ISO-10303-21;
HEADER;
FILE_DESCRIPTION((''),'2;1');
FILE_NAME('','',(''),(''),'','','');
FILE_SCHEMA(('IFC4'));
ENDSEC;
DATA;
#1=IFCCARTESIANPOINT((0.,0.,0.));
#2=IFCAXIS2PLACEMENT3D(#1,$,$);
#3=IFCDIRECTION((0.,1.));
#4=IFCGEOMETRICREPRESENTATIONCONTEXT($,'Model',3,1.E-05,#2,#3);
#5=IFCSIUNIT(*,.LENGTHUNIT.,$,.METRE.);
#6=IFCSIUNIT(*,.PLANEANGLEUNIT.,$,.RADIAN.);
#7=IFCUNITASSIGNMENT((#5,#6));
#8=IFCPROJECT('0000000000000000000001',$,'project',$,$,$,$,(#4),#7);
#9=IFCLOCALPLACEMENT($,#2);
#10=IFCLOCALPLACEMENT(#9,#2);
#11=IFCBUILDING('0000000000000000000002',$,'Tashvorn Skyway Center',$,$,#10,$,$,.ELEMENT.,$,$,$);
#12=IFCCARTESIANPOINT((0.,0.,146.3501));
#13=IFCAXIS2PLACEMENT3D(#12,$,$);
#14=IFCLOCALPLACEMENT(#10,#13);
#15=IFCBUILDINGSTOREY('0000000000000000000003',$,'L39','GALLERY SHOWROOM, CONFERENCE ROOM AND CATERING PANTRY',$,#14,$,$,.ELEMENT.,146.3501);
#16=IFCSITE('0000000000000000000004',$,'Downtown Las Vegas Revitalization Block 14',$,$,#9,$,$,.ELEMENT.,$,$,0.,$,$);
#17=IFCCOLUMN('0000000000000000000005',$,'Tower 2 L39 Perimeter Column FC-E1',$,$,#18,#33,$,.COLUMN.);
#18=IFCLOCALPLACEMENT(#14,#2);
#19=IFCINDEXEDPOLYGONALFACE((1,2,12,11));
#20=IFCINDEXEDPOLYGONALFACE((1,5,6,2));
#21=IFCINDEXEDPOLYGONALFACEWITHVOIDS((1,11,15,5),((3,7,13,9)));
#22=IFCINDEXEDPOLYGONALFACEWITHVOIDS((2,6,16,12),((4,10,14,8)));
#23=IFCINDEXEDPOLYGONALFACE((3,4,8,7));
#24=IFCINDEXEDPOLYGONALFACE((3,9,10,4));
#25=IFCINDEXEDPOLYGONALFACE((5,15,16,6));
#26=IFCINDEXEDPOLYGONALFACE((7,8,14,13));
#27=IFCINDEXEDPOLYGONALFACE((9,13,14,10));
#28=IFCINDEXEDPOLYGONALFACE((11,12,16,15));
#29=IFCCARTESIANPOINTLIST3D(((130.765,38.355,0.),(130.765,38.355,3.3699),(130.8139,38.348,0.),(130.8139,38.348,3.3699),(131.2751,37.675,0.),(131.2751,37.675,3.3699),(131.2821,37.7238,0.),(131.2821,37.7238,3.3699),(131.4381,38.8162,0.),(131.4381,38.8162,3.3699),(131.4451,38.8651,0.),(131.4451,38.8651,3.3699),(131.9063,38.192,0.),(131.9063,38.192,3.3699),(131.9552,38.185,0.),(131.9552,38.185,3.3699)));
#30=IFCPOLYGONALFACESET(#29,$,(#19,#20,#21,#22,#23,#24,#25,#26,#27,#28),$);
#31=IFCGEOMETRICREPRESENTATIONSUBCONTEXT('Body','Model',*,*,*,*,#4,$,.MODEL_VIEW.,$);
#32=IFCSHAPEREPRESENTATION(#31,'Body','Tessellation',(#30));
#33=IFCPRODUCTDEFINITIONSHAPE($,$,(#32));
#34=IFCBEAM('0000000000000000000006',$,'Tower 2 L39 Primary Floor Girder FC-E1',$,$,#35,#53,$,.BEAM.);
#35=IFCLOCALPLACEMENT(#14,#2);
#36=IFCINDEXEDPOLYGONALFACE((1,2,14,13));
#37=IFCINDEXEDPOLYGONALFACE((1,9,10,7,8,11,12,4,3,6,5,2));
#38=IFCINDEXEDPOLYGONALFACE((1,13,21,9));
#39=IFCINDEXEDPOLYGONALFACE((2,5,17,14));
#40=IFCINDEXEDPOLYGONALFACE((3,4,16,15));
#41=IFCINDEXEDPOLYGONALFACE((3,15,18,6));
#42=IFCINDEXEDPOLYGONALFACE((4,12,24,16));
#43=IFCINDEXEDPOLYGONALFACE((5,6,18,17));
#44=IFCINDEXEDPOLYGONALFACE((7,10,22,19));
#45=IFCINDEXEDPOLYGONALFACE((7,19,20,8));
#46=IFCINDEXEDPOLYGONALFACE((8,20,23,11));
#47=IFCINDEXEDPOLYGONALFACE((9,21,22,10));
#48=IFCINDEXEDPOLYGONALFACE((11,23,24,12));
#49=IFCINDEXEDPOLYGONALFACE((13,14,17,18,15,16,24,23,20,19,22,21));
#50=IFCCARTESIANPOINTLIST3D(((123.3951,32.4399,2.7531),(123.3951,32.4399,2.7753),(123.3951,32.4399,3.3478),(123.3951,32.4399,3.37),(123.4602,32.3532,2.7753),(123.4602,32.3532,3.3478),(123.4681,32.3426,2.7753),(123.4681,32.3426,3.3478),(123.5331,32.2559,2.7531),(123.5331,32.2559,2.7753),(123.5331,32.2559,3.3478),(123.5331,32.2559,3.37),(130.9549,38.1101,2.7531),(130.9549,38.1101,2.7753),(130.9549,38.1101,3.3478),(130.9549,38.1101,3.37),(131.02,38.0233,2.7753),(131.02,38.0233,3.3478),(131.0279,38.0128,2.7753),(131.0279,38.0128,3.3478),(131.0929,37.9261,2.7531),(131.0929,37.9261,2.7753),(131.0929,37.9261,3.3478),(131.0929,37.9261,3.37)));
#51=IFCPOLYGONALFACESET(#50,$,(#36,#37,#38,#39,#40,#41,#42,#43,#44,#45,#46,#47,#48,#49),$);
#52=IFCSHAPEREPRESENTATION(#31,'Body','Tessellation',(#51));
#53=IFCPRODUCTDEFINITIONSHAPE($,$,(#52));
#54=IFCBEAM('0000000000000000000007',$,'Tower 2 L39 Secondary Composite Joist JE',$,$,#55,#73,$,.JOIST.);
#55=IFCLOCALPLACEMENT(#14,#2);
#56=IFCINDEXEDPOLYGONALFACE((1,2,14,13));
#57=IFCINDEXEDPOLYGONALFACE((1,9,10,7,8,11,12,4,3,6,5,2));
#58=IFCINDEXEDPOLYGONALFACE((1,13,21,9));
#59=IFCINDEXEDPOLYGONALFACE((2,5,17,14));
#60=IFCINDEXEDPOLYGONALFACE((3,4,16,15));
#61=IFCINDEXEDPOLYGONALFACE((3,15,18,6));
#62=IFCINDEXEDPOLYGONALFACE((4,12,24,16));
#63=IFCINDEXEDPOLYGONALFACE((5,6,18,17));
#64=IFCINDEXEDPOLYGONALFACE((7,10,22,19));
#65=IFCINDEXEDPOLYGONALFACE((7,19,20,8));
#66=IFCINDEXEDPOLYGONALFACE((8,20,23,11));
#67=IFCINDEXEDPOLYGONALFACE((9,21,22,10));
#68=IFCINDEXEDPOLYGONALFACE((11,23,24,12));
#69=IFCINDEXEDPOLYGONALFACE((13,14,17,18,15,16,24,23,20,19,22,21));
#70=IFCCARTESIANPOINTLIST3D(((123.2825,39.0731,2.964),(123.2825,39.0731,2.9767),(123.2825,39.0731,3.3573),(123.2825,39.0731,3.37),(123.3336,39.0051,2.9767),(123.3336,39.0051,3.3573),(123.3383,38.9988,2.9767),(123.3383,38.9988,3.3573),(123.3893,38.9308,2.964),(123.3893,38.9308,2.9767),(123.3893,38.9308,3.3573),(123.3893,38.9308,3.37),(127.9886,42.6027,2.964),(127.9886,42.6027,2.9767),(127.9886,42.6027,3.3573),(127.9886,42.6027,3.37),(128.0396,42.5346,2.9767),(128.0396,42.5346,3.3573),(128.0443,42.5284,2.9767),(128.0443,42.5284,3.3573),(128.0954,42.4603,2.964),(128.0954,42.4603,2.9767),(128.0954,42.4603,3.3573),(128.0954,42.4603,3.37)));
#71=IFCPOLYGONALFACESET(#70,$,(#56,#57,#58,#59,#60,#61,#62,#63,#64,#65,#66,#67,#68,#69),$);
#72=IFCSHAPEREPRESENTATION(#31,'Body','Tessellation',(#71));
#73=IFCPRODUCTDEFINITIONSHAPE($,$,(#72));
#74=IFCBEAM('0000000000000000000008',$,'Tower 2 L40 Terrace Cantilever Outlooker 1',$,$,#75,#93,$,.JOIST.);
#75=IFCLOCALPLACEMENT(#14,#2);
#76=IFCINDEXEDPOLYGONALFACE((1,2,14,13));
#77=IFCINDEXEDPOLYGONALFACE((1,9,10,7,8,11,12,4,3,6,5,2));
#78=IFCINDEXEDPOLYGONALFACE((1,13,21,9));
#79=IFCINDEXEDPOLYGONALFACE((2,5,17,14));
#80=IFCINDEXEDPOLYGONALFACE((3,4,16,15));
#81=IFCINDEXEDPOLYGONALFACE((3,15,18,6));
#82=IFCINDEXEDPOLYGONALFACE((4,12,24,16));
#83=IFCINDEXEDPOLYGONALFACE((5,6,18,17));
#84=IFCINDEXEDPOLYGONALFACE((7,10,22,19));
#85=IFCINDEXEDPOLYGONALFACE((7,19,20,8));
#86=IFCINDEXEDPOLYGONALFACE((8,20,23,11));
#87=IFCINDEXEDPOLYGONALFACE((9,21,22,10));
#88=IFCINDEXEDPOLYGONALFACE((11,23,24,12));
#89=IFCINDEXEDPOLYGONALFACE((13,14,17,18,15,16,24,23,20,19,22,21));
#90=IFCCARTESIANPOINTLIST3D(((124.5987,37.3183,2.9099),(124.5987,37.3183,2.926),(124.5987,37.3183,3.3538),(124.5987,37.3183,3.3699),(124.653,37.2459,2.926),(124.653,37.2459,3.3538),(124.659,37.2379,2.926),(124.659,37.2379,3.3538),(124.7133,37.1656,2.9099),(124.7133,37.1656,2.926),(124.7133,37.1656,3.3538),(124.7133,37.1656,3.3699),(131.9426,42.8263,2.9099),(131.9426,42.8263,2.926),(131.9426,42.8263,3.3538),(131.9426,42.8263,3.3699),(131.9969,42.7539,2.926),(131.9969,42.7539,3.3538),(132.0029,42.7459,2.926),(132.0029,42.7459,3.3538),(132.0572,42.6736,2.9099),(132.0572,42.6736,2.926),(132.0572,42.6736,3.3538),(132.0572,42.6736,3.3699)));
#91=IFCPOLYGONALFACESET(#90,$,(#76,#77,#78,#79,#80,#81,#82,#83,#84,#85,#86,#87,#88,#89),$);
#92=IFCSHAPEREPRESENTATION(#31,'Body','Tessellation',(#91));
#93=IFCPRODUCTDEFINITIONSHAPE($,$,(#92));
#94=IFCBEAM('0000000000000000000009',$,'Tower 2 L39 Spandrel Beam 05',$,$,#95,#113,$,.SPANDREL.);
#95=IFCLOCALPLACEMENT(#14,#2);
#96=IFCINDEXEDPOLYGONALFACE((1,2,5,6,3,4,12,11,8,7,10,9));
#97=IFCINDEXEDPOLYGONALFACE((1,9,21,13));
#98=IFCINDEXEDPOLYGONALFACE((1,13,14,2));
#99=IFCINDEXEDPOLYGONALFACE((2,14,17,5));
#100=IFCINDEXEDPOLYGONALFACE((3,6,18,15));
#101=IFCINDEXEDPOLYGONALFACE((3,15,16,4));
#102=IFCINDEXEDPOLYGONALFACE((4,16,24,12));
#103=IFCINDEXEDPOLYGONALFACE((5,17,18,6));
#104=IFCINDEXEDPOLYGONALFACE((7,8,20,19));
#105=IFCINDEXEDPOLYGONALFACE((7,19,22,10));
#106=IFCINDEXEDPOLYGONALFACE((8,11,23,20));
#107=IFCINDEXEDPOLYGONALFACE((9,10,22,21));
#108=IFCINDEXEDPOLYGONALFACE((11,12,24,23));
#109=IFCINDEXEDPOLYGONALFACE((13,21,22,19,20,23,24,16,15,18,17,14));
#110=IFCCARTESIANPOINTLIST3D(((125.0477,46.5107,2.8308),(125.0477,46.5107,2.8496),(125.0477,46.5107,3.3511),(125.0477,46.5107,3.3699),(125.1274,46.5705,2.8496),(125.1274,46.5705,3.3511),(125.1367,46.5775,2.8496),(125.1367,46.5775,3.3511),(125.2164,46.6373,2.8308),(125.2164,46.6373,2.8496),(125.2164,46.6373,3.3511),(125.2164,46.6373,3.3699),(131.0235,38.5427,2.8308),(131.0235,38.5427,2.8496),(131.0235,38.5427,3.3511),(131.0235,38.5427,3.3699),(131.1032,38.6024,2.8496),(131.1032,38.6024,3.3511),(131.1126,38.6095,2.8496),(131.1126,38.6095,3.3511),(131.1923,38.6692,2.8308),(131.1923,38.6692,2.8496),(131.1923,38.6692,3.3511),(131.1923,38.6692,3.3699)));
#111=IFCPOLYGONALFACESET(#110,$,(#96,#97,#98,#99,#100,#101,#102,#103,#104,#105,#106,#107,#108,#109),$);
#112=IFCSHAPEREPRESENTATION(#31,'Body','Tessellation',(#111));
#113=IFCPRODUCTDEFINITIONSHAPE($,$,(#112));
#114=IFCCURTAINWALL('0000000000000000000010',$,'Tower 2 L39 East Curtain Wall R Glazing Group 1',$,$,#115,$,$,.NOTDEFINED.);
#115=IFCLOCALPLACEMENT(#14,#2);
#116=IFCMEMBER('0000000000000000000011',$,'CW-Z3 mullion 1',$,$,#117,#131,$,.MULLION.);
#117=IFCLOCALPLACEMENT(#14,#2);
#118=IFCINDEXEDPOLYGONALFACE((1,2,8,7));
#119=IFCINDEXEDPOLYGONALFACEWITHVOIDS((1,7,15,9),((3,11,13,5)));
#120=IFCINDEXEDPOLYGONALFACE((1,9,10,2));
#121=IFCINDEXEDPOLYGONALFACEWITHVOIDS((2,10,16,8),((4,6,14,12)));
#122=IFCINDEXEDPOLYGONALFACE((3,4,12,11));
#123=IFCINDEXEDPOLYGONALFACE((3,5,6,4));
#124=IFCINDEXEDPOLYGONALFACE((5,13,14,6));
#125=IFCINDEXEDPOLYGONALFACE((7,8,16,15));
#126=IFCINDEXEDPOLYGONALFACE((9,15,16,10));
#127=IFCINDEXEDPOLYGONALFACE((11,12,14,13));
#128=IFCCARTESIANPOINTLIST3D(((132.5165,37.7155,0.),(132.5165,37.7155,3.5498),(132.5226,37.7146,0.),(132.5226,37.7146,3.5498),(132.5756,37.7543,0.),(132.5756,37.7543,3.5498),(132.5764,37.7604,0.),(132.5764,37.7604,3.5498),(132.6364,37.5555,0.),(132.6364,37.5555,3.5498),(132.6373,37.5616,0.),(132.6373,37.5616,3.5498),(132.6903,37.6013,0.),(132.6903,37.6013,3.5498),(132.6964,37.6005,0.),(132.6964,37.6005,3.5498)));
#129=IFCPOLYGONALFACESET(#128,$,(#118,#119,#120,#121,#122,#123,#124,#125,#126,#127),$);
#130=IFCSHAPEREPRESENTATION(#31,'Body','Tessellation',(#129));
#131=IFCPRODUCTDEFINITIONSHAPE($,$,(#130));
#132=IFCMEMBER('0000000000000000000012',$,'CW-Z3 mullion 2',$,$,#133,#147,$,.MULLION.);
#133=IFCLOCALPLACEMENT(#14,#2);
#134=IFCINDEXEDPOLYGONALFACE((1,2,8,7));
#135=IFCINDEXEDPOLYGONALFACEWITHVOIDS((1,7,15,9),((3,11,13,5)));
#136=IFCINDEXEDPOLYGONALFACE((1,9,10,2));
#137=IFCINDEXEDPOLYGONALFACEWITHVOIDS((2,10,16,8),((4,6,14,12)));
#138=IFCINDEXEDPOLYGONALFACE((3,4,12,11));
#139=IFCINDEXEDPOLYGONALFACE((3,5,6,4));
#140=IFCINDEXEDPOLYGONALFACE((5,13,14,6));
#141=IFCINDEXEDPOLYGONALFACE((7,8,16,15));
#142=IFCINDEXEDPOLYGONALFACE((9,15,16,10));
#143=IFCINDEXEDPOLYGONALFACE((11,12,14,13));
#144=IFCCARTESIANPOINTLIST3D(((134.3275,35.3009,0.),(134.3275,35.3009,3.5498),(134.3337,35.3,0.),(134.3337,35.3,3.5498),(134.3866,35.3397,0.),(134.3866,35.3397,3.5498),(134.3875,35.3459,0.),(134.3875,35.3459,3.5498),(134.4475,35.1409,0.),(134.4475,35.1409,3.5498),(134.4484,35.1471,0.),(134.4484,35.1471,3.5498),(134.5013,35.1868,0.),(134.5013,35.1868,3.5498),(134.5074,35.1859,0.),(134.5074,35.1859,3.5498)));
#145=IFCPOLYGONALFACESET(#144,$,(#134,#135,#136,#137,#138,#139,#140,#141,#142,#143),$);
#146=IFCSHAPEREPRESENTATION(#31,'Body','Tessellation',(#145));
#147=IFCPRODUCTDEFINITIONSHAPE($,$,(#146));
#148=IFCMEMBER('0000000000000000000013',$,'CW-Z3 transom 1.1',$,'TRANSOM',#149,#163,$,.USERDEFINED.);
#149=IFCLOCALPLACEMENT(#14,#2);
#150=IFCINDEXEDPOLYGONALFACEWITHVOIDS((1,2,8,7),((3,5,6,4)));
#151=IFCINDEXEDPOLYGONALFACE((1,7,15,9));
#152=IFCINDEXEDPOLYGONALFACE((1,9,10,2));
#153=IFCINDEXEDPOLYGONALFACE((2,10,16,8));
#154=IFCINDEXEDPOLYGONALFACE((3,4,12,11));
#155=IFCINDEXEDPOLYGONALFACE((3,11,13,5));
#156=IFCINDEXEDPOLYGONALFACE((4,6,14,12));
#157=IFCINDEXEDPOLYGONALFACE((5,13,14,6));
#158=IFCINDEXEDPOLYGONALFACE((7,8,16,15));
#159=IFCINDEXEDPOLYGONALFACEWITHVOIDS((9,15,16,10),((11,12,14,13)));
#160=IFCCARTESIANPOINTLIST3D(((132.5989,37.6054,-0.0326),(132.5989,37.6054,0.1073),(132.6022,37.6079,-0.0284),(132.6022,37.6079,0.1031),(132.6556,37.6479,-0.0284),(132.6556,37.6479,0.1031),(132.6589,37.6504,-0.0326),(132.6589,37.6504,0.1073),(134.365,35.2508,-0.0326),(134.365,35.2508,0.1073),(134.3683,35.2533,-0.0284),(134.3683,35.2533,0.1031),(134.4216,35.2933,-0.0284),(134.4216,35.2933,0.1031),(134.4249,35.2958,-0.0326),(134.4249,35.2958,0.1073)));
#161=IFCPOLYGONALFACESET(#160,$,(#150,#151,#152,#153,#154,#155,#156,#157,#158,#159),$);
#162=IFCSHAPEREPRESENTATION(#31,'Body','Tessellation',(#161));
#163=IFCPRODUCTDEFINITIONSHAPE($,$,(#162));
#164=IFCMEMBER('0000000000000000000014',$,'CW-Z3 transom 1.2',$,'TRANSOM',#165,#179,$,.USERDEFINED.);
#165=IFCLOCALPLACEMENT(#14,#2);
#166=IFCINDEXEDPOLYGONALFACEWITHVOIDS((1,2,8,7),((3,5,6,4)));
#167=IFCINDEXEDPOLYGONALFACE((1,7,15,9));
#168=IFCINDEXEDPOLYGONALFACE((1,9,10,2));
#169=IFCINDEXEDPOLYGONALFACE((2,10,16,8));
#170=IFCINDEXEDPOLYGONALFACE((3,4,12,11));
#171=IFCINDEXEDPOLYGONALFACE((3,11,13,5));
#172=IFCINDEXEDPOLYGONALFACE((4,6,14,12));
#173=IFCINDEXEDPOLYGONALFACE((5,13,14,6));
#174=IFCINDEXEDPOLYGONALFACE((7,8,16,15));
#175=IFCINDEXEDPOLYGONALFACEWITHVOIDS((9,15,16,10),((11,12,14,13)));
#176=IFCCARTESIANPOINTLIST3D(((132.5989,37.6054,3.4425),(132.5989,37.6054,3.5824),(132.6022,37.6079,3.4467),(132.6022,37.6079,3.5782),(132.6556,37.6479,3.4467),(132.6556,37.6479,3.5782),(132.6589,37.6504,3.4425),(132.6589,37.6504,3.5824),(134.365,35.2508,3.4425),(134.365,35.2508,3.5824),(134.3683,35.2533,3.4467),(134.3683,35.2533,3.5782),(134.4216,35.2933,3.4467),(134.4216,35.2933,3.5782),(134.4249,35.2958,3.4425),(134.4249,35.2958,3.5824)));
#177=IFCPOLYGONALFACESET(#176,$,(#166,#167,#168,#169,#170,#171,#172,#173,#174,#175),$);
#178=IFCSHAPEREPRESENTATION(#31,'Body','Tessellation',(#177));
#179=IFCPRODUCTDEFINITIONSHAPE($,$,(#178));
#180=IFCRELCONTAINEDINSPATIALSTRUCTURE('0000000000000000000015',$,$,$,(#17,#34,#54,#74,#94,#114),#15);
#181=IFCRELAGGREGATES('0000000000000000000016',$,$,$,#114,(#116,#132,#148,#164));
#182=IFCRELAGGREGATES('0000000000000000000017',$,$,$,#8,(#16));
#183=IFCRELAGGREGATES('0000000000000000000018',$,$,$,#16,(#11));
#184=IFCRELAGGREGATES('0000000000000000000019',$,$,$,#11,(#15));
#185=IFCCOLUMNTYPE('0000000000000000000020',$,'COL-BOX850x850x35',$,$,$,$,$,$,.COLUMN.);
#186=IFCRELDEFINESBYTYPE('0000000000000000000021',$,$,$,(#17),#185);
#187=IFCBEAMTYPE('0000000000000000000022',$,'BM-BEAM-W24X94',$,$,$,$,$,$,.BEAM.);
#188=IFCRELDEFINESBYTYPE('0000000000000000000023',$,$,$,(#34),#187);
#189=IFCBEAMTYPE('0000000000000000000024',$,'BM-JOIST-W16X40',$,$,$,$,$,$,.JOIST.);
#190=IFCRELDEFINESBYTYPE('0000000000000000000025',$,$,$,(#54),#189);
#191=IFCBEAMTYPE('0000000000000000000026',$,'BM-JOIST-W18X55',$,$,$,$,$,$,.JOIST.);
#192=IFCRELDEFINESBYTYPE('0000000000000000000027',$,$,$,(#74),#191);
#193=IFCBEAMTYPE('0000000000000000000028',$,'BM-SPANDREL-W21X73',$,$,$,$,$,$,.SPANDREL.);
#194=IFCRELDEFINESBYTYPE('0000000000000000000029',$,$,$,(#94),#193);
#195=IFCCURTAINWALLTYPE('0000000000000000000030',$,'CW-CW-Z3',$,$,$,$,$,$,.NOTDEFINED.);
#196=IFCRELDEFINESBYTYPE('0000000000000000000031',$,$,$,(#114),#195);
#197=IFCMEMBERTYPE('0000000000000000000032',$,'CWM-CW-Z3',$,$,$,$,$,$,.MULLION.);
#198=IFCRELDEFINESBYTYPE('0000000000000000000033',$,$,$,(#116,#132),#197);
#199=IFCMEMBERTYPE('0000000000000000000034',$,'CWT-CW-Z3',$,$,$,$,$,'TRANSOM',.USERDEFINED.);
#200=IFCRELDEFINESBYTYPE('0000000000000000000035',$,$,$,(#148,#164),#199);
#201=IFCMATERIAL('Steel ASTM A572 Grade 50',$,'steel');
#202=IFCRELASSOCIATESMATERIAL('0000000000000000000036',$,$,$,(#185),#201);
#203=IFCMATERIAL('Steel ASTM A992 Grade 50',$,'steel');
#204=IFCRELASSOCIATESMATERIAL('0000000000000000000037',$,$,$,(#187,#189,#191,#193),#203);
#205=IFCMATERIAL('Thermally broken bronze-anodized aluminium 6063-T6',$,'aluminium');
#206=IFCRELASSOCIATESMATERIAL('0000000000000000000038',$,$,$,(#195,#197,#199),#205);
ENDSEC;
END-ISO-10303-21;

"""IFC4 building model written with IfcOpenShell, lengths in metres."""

from ifc_helpers import new_model, si_unit, direction, frame, origin, origin_2d, place, context, subcontext, project, spatial, hollow_rectangle, i_section, extrude, material, material_profile, profile_set, type_object, element, aggregate, save


model = new_model("IFC4")

# Units and contexts
model_context = context("Model", 3, precision=1e-05, world=origin(), true_north=direction((0.0, 1.0)))
body_context = subcontext(model_context, "Body", "Model", "MODEL_VIEW")
ifc_project = project(units=[si_unit("LENGTHUNIT", "METRE"), si_unit("PLANEANGLEUNIT", "RADIAN")], contexts=[model_context])

# Site, building, storey
site_placement = place(None, origin())
site = spatial("IfcSite", under=ifc_project, at=site_placement, Name="Downtown Las Vegas Revitalization Block 14", CompositionType="ELEMENT", RefElevation=0.0)
building_placement = place(site_placement, origin())
building = spatial("IfcBuilding", under=site, at=building_placement, Name="Tashvorn Skyway Center", CompositionType="ELEMENT")
storey_placement = place(building_placement, frame((0.0, 0.0, 146.3501)))
storey = spatial("IfcBuildingStorey", under=building, at=storey_placement, Name="L39", Description="GALLERY SHOWROOM, CONFERENCE ROOM AND CATERING PANTRY", CompositionType="ELEMENT", Elevation=146.3501)

# Column
ifc_material_1 = material(Name="Steel ASTM A572 Grade 50", Category="steel")
ifc_material_profile_1 = material_profile(ifc_material_1, hollow_rectangle(XDim=0.8501, YDim=0.8501, WallThickness=0.0349, at=origin_2d()), Name="BOX850x850x35")
ifc_profile_set_1 = profile_set([ifc_material_profile_1], Name="Steel ASTM A572 Grade 50")
column_type = type_object("IfcColumnType", Name="COL-BOX850x850x35", PredefinedType="COLUMN", material=ifc_profile_set_1)
column_placement = place(storey_placement, frame((131.3601, 38.27, 0.0), z_axis=(0.0, 0.0, 1.0), x_axis=(0.8, 0.6, 0.0)))
element("IfcColumn", 1, at=column_placement, inside=storey, type_object=column_type, Name="Tower 2 L39 Perimeter Column FC-E1", PredefinedType="COLUMN", context=body_context, shape_type="SweptSolid", body=[
    extrude(hollow_rectangle(XDim=0.8501, YDim=0.8501, WallThickness=0.0349, at=origin_2d()), origin(), (0.0, 0.0, 1.0), 3.3699),
])

# Beams
ifc_material_2 = material(Name="Steel ASTM A992 Grade 50", Category="steel")
ifc_material_profile_2 = material_profile(ifc_material_2, i_section(OverallWidth=0.23, OverallDepth=0.6169, WebThickness=0.0132, FlangeThickness=0.0222, at=origin_2d()), Name="W24X94")
ifc_profile_set_2 = profile_set([ifc_material_profile_2], Name="Steel ASTM A992 Grade 50")
beam_type_1 = type_object("IfcBeamType", Name="BM-BEAM-W24X94", PredefinedType="BEAM", material=ifc_profile_set_2)
beam_1_placement = place(storey_placement, frame((131.0239, 38.0181, 3.0615), z_axis=(-0.799984, -0.600021, 0.0), x_axis=(0.600021, -0.799984, 0.0)))
element("IfcBeam", 2, at=beam_1_placement, inside=storey, type_object=beam_type_1, Name="Tower 2 L39 Primary Floor Girder FC-E1", PredefinedType="BEAM", context=body_context, shape_type="SweptSolid", body=[
    extrude(i_section(OverallWidth=0.23, OverallDepth=0.6169, WebThickness=0.0132, FlangeThickness=0.0222, at=origin_2d()), origin(), (0.0, 0.0, 1.0), 9.45),
])
ifc_material_profile_3 = material_profile(ifc_material_2, i_section(OverallWidth=0.178, OverallDepth=0.406, WebThickness=0.0078, FlangeThickness=0.0127, at=origin_2d()), Name="W16X40")
ifc_profile_set_3 = profile_set([ifc_material_profile_3], Name="Steel ASTM A992 Grade 50")
beam_type_2 = type_object("IfcBeamType", Name="BM-JOIST-W16X40", PredefinedType="JOIST", material=ifc_profile_set_3)
beam_2_placement = place(storey_placement, frame((123.3359, 39.002, 3.167), z_axis=(0.8, 0.6, 0.0), x_axis=(-0.6, 0.8, 0.0)))
element("IfcBeam", 3, at=beam_2_placement, inside=storey, type_object=beam_type_2, Name="Tower 2 L39 Secondary Composite Joist JE", PredefinedType="JOIST", context=body_context, shape_type="SweptSolid", body=[
    extrude(i_section(OverallWidth=0.178, OverallDepth=0.406, WebThickness=0.0078, FlangeThickness=0.0127, at=origin_2d()), origin(), (0.0, 0.0, 1.0), 5.8826),
])
ifc_material_profile_4 = material_profile(ifc_material_2, i_section(OverallWidth=0.1909, OverallDepth=0.46, WebThickness=0.01, FlangeThickness=0.0161, at=origin_2d()), Name="W18X55")
ifc_profile_set_4 = profile_set([ifc_material_profile_4], Name="Steel ASTM A992 Grade 50")
beam_type_3 = type_object("IfcBeamType", Name="BM-JOIST-W18X55", PredefinedType="JOIST", material=ifc_profile_set_4)
beam_3_placement = place(storey_placement, frame((124.656, 37.2419, 3.1399), z_axis=(0.799997, 0.600004, 0.0), x_axis=(-0.600004, 0.799997, 0.0)))
element("IfcBeam", 4, at=beam_3_placement, inside=storey, type_object=beam_type_3, Name="Tower 2 L40 Terrace Cantilever Outlooker 1", PredefinedType="JOIST", context=body_context, shape_type="SweptSolid", body=[
    extrude(i_section(OverallWidth=0.1909, OverallDepth=0.46, WebThickness=0.01, FlangeThickness=0.0161, at=origin_2d()), origin(), (0.0, 0.0, 1.0), 9.1799),
])
ifc_material_profile_5 = material_profile(ifc_material_2, i_section(OverallWidth=0.2109, OverallDepth=0.5391, WebThickness=0.0117, FlangeThickness=0.0188, at=origin_2d()), Name="W21X73")
ifc_profile_set_5 = profile_set([ifc_material_profile_5], Name="Steel ASTM A992 Grade 50")
beam_type_4 = type_object("IfcBeamType", Name="BM-SPANDREL-W21X73", PredefinedType="SPANDREL", material=ifc_profile_set_5)
beam_4_placement = place(storey_placement, frame((131.1079, 38.606, 3.1003), z_axis=(-0.599988, 0.800009, 0.0), x_axis=(-0.800009, -0.599988, 0.0)))
element("IfcBeam", 5, at=beam_4_placement, inside=storey, type_object=beam_type_4, Name="Tower 2 L39 Spandrel Beam 05", PredefinedType="SPANDREL", context=body_context, shape_type="SweptSolid", body=[
    extrude(i_section(OverallWidth=0.2109, OverallDepth=0.5391, WebThickness=0.0117, FlangeThickness=0.0188, at=origin_2d()), origin(), (0.0, 0.0, 1.0), 9.96),
])

# Curtain wall, members
ifc_material_3 = material(Name="Thermally broken bronze-anodized aluminium 6063-T6", Category="aluminium")
curtain_wall_type = type_object("IfcCurtainWallType", Name="CW-CW-Z3", PredefinedType="NOTDEFINED", material=ifc_material_3)
curtain_wall_placement = place(storey_placement, origin())
curtain_wall = element("IfcCurtainWall", 6, at=curtain_wall_placement, inside=storey, type_object=curtain_wall_type, Name="Tower 2 L39 East Curtain Wall R Glazing Group 1", PredefinedType="NOTDEFINED")
ifc_material_profile_6 = material_profile(ifc_material_3, hollow_rectangle(XDim=0.075, YDim=0.2, WallThickness=0.0044, at=origin_2d()), Name="ALU-MULL-75x200")
ifc_profile_set_6 = profile_set([ifc_material_profile_6], Name="Thermally broken bronze-anodized aluminium 6063-T6")
member_type_1 = type_object("IfcMemberType", Name="CWM-CW-Z3", PredefinedType="MULLION", material=ifc_profile_set_6)
member_1_placement = place(storey_placement, frame((132.6064, 37.658, 0.0), z_axis=(0.0, 0.0, 1.0), x_axis=(0.800004, 0.599995, 0.0)))
member_1 = element("IfcMember", 7, at=member_1_placement, type_object=member_type_1, Name="CW-Z3 mullion 1", PredefinedType="MULLION", context=body_context, shape_type="SweptSolid", body=[
    extrude(hollow_rectangle(XDim=0.075, YDim=0.2, WallThickness=0.0044, at=origin_2d()), origin(), (0.0, 0.0, 1.0), 3.5498),
])
member_2_placement = place(storey_placement, frame((134.4175, 35.2434, 0.0), z_axis=(0.0, 0.0, 1.0), x_axis=(0.800004, 0.599995, 0.0)))
member_2 = element("IfcMember", 8, at=member_2_placement, type_object=member_type_1, Name="CW-Z3 mullion 2", PredefinedType="MULLION", context=body_context, shape_type="SweptSolid", body=[
    extrude(hollow_rectangle(XDim=0.075, YDim=0.2, WallThickness=0.0044, at=origin_2d()), origin(), (0.0, 0.0, 1.0), 3.5498),
])
ifc_material_profile_7 = material_profile(ifc_material_3, hollow_rectangle(XDim=0.075, YDim=0.1399, WallThickness=0.0042, at=origin_2d()), Name="ALU-TRAN-75x140")
ifc_profile_set_7 = profile_set([ifc_material_profile_7], Name="Thermally broken bronze-anodized aluminium 6063-T6")
member_type_2 = type_object("IfcMemberType", Name="CWT-CW-Z3", ElementType="TRANSOM", PredefinedType="USERDEFINED", material=ifc_profile_set_7)
member_3_placement = place(storey_placement, frame((132.6289, 37.6279, 0.0374), z_axis=(0.600013, -0.79999, 0.0), x_axis=(0.79999, 0.600013, 0.0)))
member_3 = element("IfcMember", 9, at=member_3_placement, type_object=member_type_2, Name="CW-Z3 transom 1.1", ObjectType="TRANSOM", PredefinedType="USERDEFINED", context=body_context, shape_type="SweptSolid", body=[
    extrude(hollow_rectangle(XDim=0.075, YDim=0.1399, WallThickness=0.0042, at=origin_2d()), origin(), (0.0, 0.0, 1.0), 2.9434),
])
member_4_placement = place(storey_placement, frame((132.6289, 37.6279, 3.5125), z_axis=(0.600013, -0.79999, 0.0), x_axis=(0.79999, 0.600013, 0.0)))
member_4 = element("IfcMember", 10, at=member_4_placement, type_object=member_type_2, Name="CW-Z3 transom 1.2", ObjectType="TRANSOM", PredefinedType="USERDEFINED", context=body_context, shape_type="SweptSolid", body=[
    extrude(hollow_rectangle(XDim=0.075, YDim=0.1399, WallThickness=0.0042, at=origin_2d()), origin(), (0.0, 0.0, 1.0), 2.9434),
])
aggregate(curtain_wall, [member_1, member_2, member_3, member_4])

save(model, "model.ifc")
